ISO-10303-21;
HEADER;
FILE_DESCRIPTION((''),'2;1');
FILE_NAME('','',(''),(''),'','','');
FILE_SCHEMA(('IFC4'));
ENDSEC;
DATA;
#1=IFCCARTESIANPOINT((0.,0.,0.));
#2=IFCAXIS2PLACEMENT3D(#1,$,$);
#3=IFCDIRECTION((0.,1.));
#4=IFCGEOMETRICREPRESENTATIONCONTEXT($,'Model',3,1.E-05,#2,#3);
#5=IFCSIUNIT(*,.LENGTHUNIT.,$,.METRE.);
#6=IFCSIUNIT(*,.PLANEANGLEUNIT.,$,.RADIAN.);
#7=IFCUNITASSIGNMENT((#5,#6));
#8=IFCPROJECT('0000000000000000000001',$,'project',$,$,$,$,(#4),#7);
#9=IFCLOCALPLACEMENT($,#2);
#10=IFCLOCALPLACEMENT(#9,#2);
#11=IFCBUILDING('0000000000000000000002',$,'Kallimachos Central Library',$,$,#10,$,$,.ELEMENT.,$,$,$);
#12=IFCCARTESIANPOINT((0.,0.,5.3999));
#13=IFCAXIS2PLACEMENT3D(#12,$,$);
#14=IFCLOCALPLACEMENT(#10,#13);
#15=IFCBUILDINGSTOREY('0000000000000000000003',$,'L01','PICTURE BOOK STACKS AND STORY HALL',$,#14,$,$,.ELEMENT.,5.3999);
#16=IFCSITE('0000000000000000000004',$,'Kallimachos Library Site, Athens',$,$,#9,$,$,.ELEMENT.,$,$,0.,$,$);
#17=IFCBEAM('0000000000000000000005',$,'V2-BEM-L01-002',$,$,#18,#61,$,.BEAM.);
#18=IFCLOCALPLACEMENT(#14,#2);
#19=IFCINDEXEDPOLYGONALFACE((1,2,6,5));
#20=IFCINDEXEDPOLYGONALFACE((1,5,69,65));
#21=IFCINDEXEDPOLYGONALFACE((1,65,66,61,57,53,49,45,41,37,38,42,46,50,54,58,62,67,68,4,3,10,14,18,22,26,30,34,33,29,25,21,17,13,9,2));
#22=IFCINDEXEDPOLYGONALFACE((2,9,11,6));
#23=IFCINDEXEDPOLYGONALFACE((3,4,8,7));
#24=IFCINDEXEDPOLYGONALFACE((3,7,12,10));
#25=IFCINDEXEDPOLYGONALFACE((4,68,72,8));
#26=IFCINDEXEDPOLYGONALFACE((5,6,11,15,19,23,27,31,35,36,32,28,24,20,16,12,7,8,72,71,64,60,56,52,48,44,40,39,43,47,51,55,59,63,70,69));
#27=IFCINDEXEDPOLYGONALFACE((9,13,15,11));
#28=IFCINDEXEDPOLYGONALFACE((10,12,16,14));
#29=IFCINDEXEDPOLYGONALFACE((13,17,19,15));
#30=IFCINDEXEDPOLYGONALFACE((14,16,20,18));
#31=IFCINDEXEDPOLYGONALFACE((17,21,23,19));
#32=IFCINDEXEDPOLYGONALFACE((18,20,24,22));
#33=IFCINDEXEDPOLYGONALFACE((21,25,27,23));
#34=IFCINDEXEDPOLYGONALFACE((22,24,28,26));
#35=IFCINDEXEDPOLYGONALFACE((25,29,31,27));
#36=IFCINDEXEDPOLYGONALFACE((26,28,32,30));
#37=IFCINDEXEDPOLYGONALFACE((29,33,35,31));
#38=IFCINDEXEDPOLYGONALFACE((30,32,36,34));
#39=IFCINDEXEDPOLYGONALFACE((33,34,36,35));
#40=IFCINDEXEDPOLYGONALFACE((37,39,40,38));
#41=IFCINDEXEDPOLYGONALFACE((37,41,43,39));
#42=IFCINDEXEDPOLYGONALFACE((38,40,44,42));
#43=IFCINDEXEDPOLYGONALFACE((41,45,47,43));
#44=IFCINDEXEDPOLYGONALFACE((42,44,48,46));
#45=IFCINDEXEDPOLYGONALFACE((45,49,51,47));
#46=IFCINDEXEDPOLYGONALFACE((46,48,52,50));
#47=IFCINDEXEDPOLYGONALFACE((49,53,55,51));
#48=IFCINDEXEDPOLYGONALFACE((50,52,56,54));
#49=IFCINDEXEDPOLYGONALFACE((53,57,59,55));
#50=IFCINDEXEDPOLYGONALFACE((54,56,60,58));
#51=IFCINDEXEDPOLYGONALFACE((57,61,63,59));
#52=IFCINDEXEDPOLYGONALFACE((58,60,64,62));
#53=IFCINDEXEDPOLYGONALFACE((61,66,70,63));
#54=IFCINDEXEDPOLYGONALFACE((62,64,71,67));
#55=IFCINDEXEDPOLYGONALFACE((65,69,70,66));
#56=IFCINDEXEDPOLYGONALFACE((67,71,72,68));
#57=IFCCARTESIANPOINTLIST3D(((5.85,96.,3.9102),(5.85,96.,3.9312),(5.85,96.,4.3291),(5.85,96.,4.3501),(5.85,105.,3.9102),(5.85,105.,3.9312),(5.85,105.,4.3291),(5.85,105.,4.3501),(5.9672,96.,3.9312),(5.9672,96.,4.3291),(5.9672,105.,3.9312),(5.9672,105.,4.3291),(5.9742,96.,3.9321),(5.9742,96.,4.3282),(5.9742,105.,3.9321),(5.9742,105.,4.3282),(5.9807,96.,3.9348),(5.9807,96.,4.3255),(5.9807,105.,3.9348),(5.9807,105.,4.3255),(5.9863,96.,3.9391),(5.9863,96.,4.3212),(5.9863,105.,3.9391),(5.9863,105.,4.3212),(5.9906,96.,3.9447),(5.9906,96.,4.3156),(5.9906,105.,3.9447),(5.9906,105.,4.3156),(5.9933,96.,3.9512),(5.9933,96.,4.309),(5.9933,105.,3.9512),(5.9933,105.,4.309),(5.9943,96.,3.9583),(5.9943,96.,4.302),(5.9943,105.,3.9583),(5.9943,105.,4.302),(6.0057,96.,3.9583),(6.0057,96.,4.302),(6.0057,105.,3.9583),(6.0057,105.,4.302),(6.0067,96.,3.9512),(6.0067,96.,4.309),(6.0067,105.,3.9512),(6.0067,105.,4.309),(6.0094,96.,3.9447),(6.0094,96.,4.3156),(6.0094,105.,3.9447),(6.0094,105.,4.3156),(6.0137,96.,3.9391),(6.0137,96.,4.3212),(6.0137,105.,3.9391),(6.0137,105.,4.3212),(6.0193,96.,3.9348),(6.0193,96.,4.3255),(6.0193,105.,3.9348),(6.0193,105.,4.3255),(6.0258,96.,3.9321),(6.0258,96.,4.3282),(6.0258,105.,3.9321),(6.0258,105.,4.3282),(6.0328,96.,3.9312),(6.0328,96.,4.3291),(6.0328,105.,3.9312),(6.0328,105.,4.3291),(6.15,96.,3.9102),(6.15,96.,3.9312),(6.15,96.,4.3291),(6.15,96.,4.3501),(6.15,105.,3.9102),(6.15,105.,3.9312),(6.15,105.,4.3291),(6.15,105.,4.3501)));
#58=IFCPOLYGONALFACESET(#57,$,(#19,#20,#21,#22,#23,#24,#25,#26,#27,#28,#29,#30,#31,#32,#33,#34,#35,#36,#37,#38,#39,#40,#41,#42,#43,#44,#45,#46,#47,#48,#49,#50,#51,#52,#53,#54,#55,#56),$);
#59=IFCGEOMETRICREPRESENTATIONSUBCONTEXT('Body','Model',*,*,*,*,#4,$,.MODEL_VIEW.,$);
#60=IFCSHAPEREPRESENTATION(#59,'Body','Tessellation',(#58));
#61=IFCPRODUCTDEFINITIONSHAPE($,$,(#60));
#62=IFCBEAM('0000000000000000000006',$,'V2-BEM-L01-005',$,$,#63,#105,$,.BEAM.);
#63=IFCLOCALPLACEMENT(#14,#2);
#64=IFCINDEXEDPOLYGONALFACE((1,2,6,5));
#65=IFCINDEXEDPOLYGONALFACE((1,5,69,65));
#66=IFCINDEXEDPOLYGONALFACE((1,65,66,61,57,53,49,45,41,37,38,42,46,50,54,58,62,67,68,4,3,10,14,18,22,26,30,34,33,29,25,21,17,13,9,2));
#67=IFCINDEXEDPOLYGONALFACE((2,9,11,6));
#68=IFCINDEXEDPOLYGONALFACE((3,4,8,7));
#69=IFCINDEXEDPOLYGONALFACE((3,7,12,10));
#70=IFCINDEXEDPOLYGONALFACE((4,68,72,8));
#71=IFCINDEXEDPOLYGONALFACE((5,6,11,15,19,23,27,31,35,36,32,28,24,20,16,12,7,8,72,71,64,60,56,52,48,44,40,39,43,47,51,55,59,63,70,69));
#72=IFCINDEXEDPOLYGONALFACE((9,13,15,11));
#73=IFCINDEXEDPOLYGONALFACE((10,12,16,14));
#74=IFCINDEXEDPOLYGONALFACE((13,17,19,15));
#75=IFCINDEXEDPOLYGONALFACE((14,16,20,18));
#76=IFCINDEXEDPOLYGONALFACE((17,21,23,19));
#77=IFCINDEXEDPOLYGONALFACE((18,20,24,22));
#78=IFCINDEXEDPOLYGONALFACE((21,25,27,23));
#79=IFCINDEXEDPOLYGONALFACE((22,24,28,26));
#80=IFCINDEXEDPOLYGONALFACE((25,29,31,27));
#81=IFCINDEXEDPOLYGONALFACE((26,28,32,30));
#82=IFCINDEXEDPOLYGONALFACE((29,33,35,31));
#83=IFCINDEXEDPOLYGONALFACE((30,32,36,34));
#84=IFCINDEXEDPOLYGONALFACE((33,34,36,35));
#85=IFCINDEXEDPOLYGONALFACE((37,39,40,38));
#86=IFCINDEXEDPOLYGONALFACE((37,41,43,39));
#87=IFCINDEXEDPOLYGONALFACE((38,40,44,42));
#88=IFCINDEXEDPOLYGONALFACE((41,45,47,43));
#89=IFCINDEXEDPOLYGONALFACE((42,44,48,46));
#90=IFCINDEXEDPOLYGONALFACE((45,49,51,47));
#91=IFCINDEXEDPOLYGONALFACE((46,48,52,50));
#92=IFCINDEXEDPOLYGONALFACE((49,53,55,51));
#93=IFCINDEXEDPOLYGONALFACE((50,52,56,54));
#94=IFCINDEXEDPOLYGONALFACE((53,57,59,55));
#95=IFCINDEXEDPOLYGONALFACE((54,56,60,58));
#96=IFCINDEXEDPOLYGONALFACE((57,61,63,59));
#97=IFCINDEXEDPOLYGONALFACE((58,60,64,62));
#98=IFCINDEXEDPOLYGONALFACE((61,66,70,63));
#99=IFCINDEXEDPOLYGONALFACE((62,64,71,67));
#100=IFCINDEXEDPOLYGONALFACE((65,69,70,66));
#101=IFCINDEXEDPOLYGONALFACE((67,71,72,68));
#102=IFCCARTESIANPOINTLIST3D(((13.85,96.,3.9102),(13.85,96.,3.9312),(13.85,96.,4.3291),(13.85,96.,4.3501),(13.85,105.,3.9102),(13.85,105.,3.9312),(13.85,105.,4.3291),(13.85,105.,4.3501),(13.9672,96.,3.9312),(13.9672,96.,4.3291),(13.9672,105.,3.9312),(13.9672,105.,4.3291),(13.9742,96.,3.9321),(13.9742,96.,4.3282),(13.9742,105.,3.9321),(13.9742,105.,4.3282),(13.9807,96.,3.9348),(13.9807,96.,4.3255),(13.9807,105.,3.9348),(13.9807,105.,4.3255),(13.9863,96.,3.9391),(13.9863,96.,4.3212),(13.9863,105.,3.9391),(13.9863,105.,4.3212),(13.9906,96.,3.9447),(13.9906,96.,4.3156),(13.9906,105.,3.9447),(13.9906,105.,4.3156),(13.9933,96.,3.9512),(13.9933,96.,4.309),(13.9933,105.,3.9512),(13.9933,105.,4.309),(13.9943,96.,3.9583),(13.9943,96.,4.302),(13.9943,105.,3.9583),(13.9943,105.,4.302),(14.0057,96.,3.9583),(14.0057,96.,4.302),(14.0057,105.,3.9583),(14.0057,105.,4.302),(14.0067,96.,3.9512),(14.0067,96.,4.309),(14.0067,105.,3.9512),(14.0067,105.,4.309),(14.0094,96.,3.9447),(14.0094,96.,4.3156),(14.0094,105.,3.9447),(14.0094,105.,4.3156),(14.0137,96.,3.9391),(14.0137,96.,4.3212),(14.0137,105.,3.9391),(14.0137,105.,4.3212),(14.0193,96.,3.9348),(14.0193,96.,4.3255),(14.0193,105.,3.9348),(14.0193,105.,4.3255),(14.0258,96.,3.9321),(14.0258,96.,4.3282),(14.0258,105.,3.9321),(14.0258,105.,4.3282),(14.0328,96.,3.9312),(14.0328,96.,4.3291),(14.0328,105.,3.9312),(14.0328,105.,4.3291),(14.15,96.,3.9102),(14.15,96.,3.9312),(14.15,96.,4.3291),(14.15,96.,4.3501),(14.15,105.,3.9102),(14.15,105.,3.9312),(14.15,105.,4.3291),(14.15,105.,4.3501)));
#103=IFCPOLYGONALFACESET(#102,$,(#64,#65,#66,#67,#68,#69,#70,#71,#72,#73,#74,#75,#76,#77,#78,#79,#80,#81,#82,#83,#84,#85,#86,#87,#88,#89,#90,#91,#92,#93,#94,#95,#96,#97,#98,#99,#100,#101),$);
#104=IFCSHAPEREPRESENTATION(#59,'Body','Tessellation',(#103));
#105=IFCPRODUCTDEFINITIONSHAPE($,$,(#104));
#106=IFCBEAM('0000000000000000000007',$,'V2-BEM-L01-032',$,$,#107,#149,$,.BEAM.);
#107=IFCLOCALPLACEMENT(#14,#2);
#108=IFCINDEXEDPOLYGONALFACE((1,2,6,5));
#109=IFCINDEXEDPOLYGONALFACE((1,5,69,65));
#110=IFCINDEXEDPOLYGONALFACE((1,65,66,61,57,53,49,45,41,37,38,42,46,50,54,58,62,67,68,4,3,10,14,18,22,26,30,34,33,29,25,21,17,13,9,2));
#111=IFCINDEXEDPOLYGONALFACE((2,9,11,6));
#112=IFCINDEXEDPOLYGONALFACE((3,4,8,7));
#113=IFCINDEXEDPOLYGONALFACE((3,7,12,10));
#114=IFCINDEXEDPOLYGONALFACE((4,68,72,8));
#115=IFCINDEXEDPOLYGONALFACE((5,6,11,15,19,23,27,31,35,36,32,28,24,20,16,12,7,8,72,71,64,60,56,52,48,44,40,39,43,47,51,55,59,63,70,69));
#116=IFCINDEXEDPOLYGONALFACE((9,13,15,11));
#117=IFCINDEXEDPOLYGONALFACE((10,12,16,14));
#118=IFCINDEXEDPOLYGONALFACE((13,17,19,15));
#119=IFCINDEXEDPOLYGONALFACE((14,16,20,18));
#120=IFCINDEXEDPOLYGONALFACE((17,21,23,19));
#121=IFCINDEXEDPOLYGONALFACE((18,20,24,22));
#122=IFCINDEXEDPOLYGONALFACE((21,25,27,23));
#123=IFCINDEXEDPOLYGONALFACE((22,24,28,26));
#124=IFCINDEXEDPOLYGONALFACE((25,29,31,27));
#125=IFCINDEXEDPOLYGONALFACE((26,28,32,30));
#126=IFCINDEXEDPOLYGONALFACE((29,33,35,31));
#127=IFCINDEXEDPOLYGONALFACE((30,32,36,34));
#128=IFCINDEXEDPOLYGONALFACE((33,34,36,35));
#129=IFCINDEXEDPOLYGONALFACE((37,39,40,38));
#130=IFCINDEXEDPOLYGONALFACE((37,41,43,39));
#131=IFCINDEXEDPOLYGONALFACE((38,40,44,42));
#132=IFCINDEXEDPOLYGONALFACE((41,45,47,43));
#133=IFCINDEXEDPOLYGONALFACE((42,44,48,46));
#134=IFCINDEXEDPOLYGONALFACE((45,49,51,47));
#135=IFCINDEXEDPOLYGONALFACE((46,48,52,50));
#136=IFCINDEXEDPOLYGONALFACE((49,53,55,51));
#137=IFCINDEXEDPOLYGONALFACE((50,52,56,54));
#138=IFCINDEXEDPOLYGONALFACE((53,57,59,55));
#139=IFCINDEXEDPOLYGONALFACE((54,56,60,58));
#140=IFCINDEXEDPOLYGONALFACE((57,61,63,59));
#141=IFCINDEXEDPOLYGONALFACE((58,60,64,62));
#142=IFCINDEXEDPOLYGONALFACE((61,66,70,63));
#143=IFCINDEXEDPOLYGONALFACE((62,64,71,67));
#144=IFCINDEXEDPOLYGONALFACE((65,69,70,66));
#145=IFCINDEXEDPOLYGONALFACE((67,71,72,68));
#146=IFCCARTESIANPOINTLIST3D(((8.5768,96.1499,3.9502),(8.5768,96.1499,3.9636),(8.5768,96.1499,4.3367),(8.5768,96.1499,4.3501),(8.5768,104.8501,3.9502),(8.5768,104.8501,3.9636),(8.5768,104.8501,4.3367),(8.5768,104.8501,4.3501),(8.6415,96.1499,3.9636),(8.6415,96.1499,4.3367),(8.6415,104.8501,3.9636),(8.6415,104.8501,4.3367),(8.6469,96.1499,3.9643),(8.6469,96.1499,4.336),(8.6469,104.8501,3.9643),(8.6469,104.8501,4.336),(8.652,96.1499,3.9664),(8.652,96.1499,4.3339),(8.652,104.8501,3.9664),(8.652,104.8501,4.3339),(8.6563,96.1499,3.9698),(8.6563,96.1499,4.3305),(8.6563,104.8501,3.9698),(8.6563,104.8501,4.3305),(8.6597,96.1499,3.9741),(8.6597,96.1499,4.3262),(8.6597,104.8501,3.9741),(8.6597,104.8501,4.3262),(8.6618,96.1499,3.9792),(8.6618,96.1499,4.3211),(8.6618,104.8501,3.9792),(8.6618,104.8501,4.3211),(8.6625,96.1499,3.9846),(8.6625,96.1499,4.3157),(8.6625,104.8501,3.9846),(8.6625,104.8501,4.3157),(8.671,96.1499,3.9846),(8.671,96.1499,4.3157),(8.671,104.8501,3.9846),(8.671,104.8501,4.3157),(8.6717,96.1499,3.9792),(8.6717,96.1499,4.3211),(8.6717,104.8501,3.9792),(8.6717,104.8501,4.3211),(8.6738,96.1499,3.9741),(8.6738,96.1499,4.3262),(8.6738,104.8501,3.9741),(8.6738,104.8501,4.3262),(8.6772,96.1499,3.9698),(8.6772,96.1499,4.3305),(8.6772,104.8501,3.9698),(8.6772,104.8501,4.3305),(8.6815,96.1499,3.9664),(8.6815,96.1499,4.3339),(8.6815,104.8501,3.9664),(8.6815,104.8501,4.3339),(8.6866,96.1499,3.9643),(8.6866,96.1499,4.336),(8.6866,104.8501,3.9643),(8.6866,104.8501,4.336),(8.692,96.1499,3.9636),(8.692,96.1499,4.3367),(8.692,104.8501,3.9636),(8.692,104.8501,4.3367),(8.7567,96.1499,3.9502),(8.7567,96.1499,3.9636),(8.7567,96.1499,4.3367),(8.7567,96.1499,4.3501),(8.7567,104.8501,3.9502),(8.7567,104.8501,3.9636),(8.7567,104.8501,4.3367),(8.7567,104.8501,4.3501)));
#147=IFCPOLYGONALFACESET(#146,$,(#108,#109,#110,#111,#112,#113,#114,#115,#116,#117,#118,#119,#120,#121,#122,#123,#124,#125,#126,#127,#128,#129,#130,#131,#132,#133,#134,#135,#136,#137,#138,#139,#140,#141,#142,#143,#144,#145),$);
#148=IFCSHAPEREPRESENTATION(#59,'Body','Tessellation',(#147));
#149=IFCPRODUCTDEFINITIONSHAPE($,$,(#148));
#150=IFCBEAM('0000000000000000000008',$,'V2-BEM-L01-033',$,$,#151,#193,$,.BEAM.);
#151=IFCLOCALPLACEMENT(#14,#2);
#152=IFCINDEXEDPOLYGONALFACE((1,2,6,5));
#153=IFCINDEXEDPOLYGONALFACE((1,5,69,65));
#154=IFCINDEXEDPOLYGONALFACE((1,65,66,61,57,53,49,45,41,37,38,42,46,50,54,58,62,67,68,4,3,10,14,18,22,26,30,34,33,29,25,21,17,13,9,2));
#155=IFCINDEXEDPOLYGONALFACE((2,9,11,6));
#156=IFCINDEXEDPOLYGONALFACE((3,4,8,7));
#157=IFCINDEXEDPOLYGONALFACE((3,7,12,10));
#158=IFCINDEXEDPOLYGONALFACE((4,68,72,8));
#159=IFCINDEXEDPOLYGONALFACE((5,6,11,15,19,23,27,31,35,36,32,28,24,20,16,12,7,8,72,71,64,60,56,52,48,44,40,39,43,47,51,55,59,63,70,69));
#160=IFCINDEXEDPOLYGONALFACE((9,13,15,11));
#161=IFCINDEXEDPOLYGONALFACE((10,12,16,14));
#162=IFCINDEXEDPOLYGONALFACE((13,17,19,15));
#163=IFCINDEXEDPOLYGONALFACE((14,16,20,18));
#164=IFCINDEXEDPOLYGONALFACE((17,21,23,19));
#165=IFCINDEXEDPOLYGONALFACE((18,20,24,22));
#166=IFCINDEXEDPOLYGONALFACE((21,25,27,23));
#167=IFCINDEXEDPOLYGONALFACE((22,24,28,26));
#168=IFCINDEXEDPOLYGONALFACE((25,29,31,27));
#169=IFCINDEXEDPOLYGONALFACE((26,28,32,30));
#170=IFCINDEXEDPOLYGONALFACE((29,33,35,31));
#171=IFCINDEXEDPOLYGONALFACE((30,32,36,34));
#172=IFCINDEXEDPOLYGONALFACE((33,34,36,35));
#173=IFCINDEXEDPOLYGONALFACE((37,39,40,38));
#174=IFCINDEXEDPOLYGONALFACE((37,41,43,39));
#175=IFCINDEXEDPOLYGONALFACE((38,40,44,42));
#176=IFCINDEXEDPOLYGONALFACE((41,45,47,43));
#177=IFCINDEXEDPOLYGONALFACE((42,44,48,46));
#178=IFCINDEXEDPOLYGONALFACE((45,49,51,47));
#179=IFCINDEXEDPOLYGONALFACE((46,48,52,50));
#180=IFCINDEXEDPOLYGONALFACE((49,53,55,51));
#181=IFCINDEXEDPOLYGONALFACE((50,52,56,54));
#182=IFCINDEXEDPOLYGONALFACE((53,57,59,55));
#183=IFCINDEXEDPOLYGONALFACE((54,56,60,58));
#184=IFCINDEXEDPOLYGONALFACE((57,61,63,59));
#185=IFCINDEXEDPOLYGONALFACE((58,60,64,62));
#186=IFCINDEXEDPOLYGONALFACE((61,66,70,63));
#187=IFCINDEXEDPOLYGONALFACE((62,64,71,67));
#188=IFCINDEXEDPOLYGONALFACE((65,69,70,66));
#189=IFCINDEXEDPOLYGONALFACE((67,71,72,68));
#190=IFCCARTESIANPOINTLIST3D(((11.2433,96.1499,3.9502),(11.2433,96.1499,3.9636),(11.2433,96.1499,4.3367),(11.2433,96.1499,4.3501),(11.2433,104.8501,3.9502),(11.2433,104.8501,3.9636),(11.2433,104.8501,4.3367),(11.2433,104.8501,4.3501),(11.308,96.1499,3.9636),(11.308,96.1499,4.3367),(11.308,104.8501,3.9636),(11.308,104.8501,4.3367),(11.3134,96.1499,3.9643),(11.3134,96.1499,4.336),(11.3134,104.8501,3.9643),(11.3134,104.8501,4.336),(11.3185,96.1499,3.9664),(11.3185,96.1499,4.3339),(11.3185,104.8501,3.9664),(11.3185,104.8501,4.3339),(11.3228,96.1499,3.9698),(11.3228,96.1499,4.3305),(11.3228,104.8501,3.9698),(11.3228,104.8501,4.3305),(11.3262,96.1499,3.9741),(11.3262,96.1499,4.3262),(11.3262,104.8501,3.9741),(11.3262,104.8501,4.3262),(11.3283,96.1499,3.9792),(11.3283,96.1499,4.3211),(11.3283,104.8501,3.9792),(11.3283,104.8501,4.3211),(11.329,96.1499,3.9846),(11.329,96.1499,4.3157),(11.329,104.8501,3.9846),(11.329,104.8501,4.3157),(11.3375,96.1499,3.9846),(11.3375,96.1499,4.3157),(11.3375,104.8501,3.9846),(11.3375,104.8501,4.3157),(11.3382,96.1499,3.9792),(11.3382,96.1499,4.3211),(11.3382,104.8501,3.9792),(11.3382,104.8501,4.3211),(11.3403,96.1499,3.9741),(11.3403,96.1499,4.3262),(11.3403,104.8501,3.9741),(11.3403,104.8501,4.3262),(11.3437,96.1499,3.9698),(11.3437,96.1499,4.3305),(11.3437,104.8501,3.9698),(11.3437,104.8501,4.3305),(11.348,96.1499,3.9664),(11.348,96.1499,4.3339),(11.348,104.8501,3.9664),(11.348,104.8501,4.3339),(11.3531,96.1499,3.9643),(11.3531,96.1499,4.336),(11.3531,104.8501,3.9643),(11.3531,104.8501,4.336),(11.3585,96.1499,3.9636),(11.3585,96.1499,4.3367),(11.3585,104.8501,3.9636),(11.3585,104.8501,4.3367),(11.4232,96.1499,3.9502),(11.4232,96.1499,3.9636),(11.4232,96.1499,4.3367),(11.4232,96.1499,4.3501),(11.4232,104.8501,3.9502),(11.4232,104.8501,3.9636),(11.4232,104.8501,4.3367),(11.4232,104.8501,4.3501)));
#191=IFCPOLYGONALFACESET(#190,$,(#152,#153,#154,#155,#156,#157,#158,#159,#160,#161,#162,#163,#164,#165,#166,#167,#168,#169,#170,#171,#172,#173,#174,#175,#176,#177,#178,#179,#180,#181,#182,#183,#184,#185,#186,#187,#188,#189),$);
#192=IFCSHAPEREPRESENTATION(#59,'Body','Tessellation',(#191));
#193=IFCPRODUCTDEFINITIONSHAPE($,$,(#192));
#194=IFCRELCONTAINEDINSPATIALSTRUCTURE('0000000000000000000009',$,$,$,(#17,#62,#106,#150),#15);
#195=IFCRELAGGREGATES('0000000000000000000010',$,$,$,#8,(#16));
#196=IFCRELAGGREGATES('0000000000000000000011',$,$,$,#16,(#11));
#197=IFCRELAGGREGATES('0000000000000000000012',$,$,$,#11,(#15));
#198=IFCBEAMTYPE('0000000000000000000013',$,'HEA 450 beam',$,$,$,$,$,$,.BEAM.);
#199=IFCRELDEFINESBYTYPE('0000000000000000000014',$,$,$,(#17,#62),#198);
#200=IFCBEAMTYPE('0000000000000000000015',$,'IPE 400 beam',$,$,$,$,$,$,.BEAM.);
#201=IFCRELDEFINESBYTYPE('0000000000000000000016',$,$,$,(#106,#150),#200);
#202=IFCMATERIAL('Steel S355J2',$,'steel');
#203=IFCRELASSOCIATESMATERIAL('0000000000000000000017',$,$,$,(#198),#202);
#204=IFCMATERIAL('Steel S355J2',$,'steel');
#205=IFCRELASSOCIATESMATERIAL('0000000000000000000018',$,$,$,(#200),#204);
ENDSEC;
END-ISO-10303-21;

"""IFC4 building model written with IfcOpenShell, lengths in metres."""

from ifc_helpers import new_model, si_unit, direction, frame, origin, origin_2d, place, context, subcontext, project, spatial, i_section, extrude, material, material_profile, profile_set, type_object, element, save


model = new_model("IFC4")

# Units and contexts
model_context = context("Model", 3, precision=1e-05, world=origin(), true_north=direction((0.0, 1.0)))
body_context = subcontext(model_context, "Body", "Model", "MODEL_VIEW")
ifc_project = project(units=[si_unit("LENGTHUNIT", "METRE"), si_unit("PLANEANGLEUNIT", "RADIAN")], contexts=[model_context])

# Site, building, storey
site_placement = place(None, origin())
site = spatial("IfcSite", under=ifc_project, at=site_placement, Name="Kallimachos Library Site, Athens", CompositionType="ELEMENT", RefElevation=0.0)
building_placement = place(site_placement, origin())
building = spatial("IfcBuilding", under=site, at=building_placement, Name="Kallimachos Central Library", CompositionType="ELEMENT")
storey_placement = place(building_placement, frame((0.0, 0.0, 5.3999)))
storey = spatial("IfcBuildingStorey", under=building, at=storey_placement, Name="L01", Description="PICTURE BOOK STACKS AND STORY HALL", CompositionType="ELEMENT", Elevation=5.3999)

# Beams
ifc_material_1 = material(Name="Steel S355J2", Category="steel")
ifc_material_profile_1 = material_profile(ifc_material_1, i_section(OverallWidth=0.3, OverallDepth=0.4399, WebThickness=0.0115, FlangeThickness=0.021, FilletRadius=0.0271, at=origin_2d()), Name="HEA 450")
ifc_profile_set_1 = profile_set([ifc_material_profile_1], Name="Steel S355J2")
beam_type_1 = type_object("IfcBeamType", Name="HEA 450 beam", PredefinedType="BEAM", material=ifc_profile_set_1)
for number, where, z_axis, x_axis, name in (
    (1, (6.0, 96.0, 4.1301), (0.0, 1.0, 0.0), (-1.0, 0.0, 0.0), "V2-BEM-L01-002"),
    (2, (14.0, 96.0, 4.1301), (0.0, 1.0, 0.0), (-1.0, 0.0, 0.0), "V2-BEM-L01-005"),
):
    element("IfcBeam", number, at=place(storey_placement, frame(where, z_axis=z_axis, x_axis=x_axis)), inside=storey, type_object=beam_type_1, Name=name, PredefinedType="BEAM", context=body_context, shape_type="SweptSolid", body=[
        extrude(i_section(OverallWidth=0.3, OverallDepth=0.4399, WebThickness=0.0115, FlangeThickness=0.021, FilletRadius=0.0271, at=origin_2d()), origin(), (0.0, 0.0, 1.0), 9.0),
    ])
ifc_material_2 = material(Name="Steel S355J2", Category="steel")
ifc_material_profile_2 = material_profile(ifc_material_2, i_section(OverallWidth=0.1799, OverallDepth=0.3999, WebThickness=0.0085, FlangeThickness=0.0134, FilletRadius=0.021, at=origin_2d()), Name="IPE 400")
ifc_profile_set_2 = profile_set([ifc_material_profile_2], Name="Steel S355J2")
beam_type_2 = type_object("IfcBeamType", Name="IPE 400 beam", PredefinedType="BEAM", material=ifc_profile_set_2)
for number, where, z_axis, x_axis, name in (
    (3, (8.6667, 96.1499, 4.1501), (0.0, 1.0, 0.0), (-1.0, 0.0, 0.0), "V2-BEM-L01-032"),
    (4, (11.3333, 96.1499, 4.1501), (0.0, 1.0, 0.0), (-1.0, 0.0, 0.0), "V2-BEM-L01-033"),
):
    element("IfcBeam", number, at=place(storey_placement, frame(where, z_axis=z_axis, x_axis=x_axis)), inside=storey, type_object=beam_type_2, Name=name, PredefinedType="BEAM", context=body_context, shape_type="SweptSolid", body=[
        extrude(i_section(OverallWidth=0.1799, OverallDepth=0.3999, WebThickness=0.0085, FlangeThickness=0.0134, FilletRadius=0.021, at=origin_2d()), origin(), (0.0, 0.0, 1.0), 8.7002),
    ])

save(model, "model.ifc")
